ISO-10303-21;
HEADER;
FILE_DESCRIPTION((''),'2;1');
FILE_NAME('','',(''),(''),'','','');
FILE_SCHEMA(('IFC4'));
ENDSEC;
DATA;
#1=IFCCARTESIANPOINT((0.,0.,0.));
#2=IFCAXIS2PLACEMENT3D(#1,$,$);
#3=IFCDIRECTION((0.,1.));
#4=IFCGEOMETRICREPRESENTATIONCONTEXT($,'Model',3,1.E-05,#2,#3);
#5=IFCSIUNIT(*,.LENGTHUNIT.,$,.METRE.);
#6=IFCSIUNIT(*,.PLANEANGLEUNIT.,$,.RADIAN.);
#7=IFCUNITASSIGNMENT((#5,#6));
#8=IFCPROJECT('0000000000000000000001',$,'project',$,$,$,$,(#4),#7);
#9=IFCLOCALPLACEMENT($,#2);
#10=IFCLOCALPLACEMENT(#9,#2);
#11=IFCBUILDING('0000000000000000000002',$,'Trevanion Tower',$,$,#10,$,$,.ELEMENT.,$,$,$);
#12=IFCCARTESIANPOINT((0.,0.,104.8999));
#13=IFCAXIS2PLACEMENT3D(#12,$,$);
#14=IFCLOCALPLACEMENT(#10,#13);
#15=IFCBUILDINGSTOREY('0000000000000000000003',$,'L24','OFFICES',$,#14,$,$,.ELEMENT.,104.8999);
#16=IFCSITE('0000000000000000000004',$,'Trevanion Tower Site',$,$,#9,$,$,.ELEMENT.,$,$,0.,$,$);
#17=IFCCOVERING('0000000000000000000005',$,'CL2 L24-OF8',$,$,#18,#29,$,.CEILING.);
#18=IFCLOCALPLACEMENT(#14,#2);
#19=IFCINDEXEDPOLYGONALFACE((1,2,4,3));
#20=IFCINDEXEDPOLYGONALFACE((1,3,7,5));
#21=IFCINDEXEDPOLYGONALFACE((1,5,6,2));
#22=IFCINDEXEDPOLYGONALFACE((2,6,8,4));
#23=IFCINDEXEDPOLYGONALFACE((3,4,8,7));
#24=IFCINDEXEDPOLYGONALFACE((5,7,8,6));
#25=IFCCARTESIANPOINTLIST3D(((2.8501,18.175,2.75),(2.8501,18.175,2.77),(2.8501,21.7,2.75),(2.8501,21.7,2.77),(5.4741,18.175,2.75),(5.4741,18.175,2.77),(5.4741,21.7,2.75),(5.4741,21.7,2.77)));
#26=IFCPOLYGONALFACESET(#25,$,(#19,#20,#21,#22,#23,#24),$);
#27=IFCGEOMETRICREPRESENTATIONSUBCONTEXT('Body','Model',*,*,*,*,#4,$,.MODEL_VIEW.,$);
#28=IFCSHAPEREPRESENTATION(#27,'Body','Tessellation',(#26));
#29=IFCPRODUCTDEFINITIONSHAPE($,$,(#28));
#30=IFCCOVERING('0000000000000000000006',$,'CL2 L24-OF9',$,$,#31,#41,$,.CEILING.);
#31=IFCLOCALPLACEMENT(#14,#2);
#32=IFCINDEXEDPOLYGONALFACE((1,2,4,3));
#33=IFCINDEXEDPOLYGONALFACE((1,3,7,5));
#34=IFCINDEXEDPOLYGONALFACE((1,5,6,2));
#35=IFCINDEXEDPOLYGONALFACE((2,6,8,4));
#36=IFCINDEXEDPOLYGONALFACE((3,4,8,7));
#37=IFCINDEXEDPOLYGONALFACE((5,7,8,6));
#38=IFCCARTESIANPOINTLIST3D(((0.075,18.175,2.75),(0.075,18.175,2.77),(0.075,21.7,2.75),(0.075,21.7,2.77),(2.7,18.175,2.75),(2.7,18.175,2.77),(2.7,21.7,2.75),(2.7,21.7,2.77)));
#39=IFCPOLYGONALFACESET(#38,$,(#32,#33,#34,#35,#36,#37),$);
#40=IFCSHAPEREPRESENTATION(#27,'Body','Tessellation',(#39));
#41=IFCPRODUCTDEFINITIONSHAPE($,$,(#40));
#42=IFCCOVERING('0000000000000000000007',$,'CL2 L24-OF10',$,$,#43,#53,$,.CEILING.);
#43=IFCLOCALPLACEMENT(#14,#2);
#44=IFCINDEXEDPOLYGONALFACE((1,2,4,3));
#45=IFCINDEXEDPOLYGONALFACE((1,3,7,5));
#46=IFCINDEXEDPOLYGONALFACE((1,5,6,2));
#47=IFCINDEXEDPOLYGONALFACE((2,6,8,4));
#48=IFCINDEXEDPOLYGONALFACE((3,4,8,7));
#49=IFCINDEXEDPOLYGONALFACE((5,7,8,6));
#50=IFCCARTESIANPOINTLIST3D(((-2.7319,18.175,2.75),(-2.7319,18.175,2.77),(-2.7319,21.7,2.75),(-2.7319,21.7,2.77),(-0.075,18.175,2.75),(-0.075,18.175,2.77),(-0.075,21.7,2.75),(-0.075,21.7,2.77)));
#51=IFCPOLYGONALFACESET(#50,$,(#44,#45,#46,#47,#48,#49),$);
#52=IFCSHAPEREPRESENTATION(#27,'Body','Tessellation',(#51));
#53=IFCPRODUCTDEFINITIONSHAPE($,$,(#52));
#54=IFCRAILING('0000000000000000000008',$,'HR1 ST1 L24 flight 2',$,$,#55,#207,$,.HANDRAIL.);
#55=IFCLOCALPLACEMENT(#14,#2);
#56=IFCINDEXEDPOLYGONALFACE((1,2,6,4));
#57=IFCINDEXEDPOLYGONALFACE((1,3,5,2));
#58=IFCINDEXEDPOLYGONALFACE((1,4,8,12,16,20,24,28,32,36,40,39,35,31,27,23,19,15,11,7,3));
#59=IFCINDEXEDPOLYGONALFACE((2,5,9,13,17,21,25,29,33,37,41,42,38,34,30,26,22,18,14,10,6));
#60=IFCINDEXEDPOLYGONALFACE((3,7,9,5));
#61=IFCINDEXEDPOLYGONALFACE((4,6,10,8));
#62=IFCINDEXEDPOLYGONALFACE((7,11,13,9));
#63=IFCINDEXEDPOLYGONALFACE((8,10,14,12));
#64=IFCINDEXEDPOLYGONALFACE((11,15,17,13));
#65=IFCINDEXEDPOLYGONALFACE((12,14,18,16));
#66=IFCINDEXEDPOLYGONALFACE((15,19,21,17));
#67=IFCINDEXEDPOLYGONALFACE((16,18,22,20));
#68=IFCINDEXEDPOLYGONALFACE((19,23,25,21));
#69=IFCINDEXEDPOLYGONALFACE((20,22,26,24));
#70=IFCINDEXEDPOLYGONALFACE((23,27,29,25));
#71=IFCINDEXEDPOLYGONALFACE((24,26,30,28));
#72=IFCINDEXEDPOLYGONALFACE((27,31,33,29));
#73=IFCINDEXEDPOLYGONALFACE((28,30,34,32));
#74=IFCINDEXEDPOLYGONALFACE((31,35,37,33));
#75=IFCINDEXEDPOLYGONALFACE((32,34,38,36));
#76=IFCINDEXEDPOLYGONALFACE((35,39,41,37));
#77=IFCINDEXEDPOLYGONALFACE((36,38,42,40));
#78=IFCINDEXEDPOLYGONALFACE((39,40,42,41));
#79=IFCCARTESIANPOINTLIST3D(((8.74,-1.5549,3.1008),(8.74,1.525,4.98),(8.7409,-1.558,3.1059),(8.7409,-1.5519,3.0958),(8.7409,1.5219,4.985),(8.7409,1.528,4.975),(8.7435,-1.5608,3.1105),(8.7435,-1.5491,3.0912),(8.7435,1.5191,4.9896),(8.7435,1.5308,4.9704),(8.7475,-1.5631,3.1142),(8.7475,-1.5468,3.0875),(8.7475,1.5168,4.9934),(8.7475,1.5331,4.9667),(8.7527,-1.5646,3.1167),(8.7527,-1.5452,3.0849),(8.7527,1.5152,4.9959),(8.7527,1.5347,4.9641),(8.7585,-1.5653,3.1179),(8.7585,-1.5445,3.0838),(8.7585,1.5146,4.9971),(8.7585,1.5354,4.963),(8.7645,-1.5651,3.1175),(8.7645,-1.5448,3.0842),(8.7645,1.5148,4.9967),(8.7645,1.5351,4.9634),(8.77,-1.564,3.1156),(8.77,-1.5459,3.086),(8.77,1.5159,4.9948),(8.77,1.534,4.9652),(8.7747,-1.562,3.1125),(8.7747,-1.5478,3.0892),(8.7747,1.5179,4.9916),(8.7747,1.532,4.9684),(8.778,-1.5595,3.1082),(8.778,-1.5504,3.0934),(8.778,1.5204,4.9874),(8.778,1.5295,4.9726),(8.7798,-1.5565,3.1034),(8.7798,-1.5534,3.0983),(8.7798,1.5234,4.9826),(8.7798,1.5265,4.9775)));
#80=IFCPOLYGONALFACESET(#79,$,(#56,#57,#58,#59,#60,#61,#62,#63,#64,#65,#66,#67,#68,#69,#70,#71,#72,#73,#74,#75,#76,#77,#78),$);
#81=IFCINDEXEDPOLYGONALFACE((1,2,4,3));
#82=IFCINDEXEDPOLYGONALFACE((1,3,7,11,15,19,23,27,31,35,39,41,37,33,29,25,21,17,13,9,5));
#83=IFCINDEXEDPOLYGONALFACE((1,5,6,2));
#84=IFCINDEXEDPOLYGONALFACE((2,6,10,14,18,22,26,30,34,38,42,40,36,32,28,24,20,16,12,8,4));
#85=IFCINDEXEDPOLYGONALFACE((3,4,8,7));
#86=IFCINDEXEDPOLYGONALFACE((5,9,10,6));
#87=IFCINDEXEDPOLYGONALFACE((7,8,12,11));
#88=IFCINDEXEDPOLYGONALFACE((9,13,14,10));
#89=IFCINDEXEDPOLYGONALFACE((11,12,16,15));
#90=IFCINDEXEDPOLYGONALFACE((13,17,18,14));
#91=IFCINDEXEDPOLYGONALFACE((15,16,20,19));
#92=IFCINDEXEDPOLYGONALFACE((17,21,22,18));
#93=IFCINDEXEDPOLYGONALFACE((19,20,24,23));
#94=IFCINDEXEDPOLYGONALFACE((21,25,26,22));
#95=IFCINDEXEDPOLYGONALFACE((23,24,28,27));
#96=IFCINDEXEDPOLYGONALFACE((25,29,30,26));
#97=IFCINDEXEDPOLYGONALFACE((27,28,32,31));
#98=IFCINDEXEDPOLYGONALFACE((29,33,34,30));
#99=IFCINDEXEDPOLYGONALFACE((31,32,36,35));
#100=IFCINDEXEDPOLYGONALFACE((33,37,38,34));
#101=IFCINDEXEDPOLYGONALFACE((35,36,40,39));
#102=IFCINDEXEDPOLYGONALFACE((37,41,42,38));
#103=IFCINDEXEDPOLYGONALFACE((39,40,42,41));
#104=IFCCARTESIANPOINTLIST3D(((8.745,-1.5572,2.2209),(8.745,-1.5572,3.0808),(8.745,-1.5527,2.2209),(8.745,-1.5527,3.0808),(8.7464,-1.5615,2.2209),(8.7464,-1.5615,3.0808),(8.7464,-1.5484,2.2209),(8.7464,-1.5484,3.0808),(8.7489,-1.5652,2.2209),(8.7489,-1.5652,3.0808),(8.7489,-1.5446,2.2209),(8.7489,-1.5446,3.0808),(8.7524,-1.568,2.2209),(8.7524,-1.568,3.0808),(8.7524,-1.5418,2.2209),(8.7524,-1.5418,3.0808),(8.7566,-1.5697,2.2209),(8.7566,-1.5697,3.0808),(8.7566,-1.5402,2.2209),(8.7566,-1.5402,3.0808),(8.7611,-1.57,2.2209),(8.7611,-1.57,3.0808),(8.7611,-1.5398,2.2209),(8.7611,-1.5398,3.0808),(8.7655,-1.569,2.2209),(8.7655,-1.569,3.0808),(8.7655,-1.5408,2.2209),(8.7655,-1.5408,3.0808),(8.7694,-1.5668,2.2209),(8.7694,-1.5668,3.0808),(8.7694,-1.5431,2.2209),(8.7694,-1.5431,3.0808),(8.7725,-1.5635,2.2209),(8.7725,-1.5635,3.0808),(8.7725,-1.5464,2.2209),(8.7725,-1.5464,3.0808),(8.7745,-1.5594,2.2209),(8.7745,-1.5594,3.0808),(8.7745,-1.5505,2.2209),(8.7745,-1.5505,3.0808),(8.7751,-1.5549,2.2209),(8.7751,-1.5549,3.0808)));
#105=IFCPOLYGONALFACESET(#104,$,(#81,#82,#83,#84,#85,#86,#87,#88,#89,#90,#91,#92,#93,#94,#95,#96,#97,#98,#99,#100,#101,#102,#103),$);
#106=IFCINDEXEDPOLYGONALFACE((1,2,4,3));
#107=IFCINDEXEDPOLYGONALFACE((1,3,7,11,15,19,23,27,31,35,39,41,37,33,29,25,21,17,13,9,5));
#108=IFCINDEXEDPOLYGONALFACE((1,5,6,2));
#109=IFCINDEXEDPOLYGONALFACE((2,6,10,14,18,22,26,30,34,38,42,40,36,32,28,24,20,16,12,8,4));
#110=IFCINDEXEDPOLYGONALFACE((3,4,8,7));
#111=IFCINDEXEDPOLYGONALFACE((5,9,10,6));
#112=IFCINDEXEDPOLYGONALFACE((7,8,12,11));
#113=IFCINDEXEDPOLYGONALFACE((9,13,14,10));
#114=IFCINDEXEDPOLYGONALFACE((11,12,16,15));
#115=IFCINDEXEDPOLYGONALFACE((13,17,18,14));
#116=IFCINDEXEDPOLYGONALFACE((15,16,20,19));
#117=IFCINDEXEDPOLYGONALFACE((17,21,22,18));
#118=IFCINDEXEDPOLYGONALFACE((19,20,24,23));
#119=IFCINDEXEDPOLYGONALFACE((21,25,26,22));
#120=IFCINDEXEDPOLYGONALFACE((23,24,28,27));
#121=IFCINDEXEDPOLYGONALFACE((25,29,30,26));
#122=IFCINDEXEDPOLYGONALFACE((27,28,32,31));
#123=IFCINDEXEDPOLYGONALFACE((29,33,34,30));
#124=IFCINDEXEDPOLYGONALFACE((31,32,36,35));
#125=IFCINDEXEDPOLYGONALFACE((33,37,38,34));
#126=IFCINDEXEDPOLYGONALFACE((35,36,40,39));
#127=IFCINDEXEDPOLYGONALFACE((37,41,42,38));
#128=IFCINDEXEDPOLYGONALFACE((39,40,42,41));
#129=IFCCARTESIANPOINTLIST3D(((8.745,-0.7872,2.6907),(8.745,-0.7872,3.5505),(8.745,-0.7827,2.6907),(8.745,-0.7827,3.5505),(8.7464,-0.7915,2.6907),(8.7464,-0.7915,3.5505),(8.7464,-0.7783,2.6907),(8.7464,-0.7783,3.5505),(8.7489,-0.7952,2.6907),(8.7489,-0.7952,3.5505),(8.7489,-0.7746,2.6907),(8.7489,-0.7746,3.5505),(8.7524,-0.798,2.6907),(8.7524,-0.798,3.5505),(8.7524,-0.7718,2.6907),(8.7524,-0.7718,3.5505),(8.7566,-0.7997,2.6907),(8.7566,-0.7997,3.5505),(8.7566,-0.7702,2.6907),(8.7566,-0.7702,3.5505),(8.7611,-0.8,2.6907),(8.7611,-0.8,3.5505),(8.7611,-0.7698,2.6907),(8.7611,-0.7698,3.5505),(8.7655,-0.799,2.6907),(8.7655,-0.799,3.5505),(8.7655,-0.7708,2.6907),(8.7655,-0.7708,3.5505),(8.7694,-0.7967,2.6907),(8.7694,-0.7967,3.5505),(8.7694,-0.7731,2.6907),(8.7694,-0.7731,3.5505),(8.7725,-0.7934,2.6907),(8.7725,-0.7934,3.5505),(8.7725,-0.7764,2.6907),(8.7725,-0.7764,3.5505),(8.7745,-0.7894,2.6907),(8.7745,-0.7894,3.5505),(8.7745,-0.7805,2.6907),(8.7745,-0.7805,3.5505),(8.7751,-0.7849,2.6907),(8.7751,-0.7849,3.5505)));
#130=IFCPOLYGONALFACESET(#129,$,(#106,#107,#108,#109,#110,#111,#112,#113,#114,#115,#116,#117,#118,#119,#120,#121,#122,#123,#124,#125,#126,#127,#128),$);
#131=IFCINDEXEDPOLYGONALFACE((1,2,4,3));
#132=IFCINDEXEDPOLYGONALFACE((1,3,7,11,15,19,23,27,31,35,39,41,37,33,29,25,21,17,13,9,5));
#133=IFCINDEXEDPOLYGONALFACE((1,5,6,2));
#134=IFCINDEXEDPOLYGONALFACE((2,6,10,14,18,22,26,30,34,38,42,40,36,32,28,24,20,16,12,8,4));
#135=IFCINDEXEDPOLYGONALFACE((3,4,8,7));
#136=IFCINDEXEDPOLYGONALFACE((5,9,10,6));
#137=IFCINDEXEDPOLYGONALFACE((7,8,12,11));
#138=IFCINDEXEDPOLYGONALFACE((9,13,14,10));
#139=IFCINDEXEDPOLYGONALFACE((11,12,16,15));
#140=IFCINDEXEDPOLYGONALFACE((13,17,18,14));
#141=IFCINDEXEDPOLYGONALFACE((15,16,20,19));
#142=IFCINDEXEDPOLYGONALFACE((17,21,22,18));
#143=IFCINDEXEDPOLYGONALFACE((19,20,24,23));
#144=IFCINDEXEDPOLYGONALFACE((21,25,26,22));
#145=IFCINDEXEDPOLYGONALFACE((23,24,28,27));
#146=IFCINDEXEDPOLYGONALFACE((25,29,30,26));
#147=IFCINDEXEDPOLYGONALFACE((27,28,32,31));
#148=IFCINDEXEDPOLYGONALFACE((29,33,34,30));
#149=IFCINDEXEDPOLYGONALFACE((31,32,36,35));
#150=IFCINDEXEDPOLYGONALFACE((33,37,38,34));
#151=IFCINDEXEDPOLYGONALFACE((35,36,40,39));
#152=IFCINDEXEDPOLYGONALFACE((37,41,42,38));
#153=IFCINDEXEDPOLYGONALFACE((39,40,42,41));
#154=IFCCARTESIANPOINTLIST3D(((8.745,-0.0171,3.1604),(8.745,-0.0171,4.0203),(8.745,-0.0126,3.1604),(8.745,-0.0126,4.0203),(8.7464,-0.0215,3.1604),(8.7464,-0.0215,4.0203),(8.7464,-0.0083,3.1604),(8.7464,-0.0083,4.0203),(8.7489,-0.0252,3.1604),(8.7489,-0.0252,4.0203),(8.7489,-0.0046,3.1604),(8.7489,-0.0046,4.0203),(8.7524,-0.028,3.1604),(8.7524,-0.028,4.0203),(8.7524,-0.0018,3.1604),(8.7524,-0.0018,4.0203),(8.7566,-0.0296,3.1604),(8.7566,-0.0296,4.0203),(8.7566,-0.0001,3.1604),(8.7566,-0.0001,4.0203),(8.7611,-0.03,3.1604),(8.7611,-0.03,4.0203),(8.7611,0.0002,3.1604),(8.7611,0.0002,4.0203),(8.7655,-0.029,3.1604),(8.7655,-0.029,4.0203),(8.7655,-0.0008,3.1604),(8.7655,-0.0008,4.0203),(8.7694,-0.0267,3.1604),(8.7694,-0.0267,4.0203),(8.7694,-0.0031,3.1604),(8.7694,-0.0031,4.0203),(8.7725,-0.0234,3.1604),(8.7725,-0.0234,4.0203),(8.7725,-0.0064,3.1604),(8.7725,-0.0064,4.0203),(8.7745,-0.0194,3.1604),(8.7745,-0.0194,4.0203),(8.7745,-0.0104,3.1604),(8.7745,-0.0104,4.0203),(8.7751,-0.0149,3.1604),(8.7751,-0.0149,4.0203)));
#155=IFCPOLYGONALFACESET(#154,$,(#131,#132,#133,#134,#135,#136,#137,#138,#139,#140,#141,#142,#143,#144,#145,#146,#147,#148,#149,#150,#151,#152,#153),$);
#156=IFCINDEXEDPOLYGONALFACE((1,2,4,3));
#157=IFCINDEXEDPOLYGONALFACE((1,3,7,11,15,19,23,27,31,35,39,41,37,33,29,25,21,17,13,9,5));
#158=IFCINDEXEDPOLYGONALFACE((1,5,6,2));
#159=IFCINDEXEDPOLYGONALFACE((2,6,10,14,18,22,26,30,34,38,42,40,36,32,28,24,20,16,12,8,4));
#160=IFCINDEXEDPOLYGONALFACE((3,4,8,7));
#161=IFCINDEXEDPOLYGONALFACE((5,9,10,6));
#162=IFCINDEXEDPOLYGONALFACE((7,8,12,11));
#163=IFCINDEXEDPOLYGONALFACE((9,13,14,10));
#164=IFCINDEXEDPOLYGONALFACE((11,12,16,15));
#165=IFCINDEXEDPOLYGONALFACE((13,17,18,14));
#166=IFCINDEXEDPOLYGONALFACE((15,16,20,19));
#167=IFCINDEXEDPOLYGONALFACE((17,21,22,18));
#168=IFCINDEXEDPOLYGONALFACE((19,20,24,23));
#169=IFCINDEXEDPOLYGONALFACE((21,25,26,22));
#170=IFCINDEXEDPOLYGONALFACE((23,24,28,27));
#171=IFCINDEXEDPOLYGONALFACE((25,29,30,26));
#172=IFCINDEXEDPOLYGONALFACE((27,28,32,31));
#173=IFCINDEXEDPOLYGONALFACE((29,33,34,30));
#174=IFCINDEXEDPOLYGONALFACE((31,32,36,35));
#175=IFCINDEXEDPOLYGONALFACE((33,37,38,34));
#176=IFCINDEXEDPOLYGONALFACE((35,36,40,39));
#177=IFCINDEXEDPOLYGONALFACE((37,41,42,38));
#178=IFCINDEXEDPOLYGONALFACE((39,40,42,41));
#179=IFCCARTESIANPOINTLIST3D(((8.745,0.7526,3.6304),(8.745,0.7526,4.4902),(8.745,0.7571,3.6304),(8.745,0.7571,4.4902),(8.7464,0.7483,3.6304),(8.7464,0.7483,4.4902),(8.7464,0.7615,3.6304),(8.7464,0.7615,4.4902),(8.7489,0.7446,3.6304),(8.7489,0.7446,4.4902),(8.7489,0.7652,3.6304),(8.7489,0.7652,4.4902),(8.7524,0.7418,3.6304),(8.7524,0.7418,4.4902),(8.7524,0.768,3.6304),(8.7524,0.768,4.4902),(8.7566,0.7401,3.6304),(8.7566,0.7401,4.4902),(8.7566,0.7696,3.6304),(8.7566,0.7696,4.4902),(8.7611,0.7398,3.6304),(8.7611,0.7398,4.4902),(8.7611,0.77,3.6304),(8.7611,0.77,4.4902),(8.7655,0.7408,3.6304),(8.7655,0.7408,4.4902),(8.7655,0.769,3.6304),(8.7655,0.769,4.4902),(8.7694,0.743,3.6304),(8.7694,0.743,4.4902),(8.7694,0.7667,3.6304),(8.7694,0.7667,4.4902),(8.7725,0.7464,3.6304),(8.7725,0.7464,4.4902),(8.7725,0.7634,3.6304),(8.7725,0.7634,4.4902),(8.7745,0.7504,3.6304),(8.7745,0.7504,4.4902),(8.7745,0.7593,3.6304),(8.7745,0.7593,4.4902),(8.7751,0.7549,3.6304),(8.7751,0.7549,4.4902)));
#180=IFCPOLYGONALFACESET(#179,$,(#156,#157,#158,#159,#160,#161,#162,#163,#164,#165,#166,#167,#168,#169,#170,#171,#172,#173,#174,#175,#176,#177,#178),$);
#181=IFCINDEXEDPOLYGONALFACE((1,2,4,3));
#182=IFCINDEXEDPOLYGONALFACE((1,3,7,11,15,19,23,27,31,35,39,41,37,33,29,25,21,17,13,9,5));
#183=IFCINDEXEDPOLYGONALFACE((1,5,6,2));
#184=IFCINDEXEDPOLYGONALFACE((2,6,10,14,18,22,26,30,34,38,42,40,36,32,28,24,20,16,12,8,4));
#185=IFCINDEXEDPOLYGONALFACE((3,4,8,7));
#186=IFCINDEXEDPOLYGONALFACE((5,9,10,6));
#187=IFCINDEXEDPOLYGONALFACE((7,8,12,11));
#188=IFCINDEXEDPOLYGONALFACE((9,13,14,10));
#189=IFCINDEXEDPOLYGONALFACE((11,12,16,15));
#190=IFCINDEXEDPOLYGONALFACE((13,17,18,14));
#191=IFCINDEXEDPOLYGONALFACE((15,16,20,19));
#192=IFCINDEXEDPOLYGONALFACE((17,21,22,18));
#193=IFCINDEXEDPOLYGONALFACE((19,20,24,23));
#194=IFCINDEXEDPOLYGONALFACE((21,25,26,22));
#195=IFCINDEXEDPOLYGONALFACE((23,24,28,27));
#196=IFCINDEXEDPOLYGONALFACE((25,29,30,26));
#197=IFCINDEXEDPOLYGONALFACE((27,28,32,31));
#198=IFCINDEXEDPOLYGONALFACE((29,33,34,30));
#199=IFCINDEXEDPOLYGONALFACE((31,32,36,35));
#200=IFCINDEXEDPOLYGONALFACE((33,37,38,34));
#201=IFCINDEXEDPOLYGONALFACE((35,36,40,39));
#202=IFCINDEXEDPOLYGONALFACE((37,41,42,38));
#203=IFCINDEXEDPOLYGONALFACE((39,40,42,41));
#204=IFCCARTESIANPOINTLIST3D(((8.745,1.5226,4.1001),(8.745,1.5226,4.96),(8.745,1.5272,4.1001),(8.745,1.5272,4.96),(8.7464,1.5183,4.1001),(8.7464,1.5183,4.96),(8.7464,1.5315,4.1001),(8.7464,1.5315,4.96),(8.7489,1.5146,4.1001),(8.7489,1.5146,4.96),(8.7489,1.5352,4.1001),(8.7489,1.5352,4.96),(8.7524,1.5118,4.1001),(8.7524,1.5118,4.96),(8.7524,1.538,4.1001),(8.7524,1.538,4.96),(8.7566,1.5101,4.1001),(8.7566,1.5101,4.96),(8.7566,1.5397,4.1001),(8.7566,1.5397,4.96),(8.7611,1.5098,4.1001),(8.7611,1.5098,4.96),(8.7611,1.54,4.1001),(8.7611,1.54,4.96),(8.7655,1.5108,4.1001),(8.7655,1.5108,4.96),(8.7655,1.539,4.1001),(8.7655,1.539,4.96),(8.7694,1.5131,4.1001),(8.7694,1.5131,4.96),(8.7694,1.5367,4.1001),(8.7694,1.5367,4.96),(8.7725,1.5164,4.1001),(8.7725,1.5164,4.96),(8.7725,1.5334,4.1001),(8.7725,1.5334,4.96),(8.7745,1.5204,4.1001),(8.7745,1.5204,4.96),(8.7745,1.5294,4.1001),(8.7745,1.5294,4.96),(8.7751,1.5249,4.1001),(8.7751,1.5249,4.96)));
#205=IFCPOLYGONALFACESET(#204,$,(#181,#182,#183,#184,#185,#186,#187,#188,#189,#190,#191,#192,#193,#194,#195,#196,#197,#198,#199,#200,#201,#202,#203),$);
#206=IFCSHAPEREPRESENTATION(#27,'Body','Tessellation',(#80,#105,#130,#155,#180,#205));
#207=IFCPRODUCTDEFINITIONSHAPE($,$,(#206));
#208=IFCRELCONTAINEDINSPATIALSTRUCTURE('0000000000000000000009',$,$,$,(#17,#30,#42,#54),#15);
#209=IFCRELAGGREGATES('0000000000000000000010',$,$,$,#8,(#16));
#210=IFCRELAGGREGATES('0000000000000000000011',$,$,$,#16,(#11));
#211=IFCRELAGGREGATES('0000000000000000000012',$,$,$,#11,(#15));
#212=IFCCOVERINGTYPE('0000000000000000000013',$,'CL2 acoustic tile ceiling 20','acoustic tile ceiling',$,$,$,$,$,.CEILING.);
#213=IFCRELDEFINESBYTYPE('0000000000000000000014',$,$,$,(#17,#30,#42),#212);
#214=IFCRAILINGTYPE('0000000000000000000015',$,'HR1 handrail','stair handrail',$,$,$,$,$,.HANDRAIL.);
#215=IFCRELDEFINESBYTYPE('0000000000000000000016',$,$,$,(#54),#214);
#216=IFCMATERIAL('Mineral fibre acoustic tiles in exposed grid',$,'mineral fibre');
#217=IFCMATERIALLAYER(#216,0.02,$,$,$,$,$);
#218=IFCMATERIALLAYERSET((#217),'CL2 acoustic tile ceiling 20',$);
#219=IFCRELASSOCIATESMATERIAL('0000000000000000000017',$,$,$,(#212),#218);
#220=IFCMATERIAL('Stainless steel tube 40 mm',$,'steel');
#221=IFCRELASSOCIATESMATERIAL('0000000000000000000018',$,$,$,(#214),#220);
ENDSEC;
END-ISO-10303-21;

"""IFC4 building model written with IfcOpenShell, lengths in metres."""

from ifc_helpers import new_model, si_unit, direction, frame, origin, origin_2d, place, context, subcontext, project, spatial, polyline, circle, outline, extrude, material, layer, layer_set, type_object, element, save


model = new_model("IFC4")

# Units and contexts
model_context = context("Model", 3, precision=1e-05, world=origin(), true_north=direction((0.0, 1.0)))
body_context = subcontext(model_context, "Body", "Model", "MODEL_VIEW")
ifc_project = project(units=[si_unit("LENGTHUNIT", "METRE"), si_unit("PLANEANGLEUNIT", "RADIAN")], contexts=[model_context])

# Site, building, storey
site_placement = place(None, origin())
site = spatial("IfcSite", under=ifc_project, at=site_placement, Name="Trevanion Tower Site", CompositionType="ELEMENT", RefElevation=0.0)
building_placement = place(site_placement, origin())
building = spatial("IfcBuilding", under=site, at=building_placement, Name="Trevanion Tower", CompositionType="ELEMENT")
storey_placement = place(building_placement, frame((0.0, 0.0, 104.8999)))
storey = spatial("IfcBuildingStorey", under=building, at=storey_placement, Name="L24", Description="OFFICES", CompositionType="ELEMENT", Elevation=104.8999)

# Coverings
ifc_material_1 = material(Name="Mineral fibre acoustic tiles in exposed grid", Category="mineral fibre")
ifc_layer_1 = layer(ifc_material_1, 0.02)
ifc_layer_set_1 = layer_set([ifc_layer_1], Name="CL2 acoustic tile ceiling 20")
covering_type_1 = type_object("IfcCoveringType", Name="CL2 acoustic tile ceiling 20", Description="acoustic tile ceiling", PredefinedType="CEILING", material=ifc_layer_set_1)
covering_1_placement = place(storey_placement, frame((0.0, 0.0, 2.75)))
element("IfcCovering", 1, at=covering_1_placement, inside=storey, type_object=covering_type_1, Name="CL2 L24-OF8", PredefinedType="CEILING", context=body_context, shape_type="SweptSolid", body=[
    extrude(outline(polyline([(5.4741, 18.175), (2.8501, 18.175), (2.8501, 21.7), (5.4741, 21.7), (5.4741, 18.175)])), origin(), (0.0, 0.0, 1.0), 0.02),
])
covering_2_placement = place(storey_placement, frame((0.0, 0.0, 2.75)))
element("IfcCovering", 2, at=covering_2_placement, inside=storey, type_object=covering_type_1, Name="CL2 L24-OF9", PredefinedType="CEILING", context=body_context, shape_type="SweptSolid", body=[
    extrude(outline(polyline([(2.7, 18.175), (0.075, 18.175), (0.075, 21.7), (2.7, 21.7), (2.7, 18.175)])), origin(), (0.0, 0.0, 1.0), 0.02),
])
covering_3_placement = place(storey_placement, frame((0.0, 0.0, 2.75)))
element("IfcCovering", 3, at=covering_3_placement, inside=storey, type_object=covering_type_1, Name="CL2 L24-OF10", PredefinedType="CEILING", context=body_context, shape_type="SweptSolid", body=[
    extrude(outline(polyline([(-0.075, 18.175), (-2.7319, 18.175), (-2.7319, 21.7), (-0.075, 21.7), (-0.075, 18.175)])), origin(), (0.0, 0.0, 1.0), 0.02),
])

# Railing
ifc_material_2 = material(Name="Stainless steel tube 40 mm", Category="steel")
railing_type = type_object("IfcRailingType", Name="HR1 handrail", Description="stair handrail", PredefinedType="HANDRAIL", material=ifc_material_2)
for number, where, name in (
    (4, (8.76, -1.5549, 2.2209), "HR1 ST1 L24 flight 2"),
):
    element("IfcRailing", number, at=place(storey_placement, frame(where)), inside=storey, type_object=railing_type, Name=name, PredefinedType="HANDRAIL", context=body_context, shape_type="SweptSolid", body=[
        extrude(circle(Radius=0.02, at=origin_2d()), frame((0.0, 0.0, 0.8799), z_axis=(0.0, 0.853648, 0.52085), x_axis=(-1.0, 0.0, 0.0)), (0.0, 0.0, 1.0), 3.6079),
        extrude(circle(Radius=0.0151, at=origin_2d()), origin(), (0.0, 0.0, 1.0), 0.8599),
        extrude(circle(Radius=0.0151, at=origin_2d()), frame((0.0, 0.77, 0.4697)), (0.0, 0.0, 1.0), 0.8599),
        extrude(circle(Radius=0.0151, at=origin_2d()), frame((0.0, 1.54, 0.9395)), (0.0, 0.0, 1.0), 0.8599),
        extrude(circle(Radius=0.0151, at=origin_2d()), frame((0.0, 2.3098, 1.4094)), (0.0, 0.0, 1.0), 0.8599),
        extrude(circle(Radius=0.0151, at=origin_2d()), frame((0.0, 3.0798, 1.8792)), (0.0, 0.0, 1.0), 0.8599),
    ])

save(model, "model.ifc")
